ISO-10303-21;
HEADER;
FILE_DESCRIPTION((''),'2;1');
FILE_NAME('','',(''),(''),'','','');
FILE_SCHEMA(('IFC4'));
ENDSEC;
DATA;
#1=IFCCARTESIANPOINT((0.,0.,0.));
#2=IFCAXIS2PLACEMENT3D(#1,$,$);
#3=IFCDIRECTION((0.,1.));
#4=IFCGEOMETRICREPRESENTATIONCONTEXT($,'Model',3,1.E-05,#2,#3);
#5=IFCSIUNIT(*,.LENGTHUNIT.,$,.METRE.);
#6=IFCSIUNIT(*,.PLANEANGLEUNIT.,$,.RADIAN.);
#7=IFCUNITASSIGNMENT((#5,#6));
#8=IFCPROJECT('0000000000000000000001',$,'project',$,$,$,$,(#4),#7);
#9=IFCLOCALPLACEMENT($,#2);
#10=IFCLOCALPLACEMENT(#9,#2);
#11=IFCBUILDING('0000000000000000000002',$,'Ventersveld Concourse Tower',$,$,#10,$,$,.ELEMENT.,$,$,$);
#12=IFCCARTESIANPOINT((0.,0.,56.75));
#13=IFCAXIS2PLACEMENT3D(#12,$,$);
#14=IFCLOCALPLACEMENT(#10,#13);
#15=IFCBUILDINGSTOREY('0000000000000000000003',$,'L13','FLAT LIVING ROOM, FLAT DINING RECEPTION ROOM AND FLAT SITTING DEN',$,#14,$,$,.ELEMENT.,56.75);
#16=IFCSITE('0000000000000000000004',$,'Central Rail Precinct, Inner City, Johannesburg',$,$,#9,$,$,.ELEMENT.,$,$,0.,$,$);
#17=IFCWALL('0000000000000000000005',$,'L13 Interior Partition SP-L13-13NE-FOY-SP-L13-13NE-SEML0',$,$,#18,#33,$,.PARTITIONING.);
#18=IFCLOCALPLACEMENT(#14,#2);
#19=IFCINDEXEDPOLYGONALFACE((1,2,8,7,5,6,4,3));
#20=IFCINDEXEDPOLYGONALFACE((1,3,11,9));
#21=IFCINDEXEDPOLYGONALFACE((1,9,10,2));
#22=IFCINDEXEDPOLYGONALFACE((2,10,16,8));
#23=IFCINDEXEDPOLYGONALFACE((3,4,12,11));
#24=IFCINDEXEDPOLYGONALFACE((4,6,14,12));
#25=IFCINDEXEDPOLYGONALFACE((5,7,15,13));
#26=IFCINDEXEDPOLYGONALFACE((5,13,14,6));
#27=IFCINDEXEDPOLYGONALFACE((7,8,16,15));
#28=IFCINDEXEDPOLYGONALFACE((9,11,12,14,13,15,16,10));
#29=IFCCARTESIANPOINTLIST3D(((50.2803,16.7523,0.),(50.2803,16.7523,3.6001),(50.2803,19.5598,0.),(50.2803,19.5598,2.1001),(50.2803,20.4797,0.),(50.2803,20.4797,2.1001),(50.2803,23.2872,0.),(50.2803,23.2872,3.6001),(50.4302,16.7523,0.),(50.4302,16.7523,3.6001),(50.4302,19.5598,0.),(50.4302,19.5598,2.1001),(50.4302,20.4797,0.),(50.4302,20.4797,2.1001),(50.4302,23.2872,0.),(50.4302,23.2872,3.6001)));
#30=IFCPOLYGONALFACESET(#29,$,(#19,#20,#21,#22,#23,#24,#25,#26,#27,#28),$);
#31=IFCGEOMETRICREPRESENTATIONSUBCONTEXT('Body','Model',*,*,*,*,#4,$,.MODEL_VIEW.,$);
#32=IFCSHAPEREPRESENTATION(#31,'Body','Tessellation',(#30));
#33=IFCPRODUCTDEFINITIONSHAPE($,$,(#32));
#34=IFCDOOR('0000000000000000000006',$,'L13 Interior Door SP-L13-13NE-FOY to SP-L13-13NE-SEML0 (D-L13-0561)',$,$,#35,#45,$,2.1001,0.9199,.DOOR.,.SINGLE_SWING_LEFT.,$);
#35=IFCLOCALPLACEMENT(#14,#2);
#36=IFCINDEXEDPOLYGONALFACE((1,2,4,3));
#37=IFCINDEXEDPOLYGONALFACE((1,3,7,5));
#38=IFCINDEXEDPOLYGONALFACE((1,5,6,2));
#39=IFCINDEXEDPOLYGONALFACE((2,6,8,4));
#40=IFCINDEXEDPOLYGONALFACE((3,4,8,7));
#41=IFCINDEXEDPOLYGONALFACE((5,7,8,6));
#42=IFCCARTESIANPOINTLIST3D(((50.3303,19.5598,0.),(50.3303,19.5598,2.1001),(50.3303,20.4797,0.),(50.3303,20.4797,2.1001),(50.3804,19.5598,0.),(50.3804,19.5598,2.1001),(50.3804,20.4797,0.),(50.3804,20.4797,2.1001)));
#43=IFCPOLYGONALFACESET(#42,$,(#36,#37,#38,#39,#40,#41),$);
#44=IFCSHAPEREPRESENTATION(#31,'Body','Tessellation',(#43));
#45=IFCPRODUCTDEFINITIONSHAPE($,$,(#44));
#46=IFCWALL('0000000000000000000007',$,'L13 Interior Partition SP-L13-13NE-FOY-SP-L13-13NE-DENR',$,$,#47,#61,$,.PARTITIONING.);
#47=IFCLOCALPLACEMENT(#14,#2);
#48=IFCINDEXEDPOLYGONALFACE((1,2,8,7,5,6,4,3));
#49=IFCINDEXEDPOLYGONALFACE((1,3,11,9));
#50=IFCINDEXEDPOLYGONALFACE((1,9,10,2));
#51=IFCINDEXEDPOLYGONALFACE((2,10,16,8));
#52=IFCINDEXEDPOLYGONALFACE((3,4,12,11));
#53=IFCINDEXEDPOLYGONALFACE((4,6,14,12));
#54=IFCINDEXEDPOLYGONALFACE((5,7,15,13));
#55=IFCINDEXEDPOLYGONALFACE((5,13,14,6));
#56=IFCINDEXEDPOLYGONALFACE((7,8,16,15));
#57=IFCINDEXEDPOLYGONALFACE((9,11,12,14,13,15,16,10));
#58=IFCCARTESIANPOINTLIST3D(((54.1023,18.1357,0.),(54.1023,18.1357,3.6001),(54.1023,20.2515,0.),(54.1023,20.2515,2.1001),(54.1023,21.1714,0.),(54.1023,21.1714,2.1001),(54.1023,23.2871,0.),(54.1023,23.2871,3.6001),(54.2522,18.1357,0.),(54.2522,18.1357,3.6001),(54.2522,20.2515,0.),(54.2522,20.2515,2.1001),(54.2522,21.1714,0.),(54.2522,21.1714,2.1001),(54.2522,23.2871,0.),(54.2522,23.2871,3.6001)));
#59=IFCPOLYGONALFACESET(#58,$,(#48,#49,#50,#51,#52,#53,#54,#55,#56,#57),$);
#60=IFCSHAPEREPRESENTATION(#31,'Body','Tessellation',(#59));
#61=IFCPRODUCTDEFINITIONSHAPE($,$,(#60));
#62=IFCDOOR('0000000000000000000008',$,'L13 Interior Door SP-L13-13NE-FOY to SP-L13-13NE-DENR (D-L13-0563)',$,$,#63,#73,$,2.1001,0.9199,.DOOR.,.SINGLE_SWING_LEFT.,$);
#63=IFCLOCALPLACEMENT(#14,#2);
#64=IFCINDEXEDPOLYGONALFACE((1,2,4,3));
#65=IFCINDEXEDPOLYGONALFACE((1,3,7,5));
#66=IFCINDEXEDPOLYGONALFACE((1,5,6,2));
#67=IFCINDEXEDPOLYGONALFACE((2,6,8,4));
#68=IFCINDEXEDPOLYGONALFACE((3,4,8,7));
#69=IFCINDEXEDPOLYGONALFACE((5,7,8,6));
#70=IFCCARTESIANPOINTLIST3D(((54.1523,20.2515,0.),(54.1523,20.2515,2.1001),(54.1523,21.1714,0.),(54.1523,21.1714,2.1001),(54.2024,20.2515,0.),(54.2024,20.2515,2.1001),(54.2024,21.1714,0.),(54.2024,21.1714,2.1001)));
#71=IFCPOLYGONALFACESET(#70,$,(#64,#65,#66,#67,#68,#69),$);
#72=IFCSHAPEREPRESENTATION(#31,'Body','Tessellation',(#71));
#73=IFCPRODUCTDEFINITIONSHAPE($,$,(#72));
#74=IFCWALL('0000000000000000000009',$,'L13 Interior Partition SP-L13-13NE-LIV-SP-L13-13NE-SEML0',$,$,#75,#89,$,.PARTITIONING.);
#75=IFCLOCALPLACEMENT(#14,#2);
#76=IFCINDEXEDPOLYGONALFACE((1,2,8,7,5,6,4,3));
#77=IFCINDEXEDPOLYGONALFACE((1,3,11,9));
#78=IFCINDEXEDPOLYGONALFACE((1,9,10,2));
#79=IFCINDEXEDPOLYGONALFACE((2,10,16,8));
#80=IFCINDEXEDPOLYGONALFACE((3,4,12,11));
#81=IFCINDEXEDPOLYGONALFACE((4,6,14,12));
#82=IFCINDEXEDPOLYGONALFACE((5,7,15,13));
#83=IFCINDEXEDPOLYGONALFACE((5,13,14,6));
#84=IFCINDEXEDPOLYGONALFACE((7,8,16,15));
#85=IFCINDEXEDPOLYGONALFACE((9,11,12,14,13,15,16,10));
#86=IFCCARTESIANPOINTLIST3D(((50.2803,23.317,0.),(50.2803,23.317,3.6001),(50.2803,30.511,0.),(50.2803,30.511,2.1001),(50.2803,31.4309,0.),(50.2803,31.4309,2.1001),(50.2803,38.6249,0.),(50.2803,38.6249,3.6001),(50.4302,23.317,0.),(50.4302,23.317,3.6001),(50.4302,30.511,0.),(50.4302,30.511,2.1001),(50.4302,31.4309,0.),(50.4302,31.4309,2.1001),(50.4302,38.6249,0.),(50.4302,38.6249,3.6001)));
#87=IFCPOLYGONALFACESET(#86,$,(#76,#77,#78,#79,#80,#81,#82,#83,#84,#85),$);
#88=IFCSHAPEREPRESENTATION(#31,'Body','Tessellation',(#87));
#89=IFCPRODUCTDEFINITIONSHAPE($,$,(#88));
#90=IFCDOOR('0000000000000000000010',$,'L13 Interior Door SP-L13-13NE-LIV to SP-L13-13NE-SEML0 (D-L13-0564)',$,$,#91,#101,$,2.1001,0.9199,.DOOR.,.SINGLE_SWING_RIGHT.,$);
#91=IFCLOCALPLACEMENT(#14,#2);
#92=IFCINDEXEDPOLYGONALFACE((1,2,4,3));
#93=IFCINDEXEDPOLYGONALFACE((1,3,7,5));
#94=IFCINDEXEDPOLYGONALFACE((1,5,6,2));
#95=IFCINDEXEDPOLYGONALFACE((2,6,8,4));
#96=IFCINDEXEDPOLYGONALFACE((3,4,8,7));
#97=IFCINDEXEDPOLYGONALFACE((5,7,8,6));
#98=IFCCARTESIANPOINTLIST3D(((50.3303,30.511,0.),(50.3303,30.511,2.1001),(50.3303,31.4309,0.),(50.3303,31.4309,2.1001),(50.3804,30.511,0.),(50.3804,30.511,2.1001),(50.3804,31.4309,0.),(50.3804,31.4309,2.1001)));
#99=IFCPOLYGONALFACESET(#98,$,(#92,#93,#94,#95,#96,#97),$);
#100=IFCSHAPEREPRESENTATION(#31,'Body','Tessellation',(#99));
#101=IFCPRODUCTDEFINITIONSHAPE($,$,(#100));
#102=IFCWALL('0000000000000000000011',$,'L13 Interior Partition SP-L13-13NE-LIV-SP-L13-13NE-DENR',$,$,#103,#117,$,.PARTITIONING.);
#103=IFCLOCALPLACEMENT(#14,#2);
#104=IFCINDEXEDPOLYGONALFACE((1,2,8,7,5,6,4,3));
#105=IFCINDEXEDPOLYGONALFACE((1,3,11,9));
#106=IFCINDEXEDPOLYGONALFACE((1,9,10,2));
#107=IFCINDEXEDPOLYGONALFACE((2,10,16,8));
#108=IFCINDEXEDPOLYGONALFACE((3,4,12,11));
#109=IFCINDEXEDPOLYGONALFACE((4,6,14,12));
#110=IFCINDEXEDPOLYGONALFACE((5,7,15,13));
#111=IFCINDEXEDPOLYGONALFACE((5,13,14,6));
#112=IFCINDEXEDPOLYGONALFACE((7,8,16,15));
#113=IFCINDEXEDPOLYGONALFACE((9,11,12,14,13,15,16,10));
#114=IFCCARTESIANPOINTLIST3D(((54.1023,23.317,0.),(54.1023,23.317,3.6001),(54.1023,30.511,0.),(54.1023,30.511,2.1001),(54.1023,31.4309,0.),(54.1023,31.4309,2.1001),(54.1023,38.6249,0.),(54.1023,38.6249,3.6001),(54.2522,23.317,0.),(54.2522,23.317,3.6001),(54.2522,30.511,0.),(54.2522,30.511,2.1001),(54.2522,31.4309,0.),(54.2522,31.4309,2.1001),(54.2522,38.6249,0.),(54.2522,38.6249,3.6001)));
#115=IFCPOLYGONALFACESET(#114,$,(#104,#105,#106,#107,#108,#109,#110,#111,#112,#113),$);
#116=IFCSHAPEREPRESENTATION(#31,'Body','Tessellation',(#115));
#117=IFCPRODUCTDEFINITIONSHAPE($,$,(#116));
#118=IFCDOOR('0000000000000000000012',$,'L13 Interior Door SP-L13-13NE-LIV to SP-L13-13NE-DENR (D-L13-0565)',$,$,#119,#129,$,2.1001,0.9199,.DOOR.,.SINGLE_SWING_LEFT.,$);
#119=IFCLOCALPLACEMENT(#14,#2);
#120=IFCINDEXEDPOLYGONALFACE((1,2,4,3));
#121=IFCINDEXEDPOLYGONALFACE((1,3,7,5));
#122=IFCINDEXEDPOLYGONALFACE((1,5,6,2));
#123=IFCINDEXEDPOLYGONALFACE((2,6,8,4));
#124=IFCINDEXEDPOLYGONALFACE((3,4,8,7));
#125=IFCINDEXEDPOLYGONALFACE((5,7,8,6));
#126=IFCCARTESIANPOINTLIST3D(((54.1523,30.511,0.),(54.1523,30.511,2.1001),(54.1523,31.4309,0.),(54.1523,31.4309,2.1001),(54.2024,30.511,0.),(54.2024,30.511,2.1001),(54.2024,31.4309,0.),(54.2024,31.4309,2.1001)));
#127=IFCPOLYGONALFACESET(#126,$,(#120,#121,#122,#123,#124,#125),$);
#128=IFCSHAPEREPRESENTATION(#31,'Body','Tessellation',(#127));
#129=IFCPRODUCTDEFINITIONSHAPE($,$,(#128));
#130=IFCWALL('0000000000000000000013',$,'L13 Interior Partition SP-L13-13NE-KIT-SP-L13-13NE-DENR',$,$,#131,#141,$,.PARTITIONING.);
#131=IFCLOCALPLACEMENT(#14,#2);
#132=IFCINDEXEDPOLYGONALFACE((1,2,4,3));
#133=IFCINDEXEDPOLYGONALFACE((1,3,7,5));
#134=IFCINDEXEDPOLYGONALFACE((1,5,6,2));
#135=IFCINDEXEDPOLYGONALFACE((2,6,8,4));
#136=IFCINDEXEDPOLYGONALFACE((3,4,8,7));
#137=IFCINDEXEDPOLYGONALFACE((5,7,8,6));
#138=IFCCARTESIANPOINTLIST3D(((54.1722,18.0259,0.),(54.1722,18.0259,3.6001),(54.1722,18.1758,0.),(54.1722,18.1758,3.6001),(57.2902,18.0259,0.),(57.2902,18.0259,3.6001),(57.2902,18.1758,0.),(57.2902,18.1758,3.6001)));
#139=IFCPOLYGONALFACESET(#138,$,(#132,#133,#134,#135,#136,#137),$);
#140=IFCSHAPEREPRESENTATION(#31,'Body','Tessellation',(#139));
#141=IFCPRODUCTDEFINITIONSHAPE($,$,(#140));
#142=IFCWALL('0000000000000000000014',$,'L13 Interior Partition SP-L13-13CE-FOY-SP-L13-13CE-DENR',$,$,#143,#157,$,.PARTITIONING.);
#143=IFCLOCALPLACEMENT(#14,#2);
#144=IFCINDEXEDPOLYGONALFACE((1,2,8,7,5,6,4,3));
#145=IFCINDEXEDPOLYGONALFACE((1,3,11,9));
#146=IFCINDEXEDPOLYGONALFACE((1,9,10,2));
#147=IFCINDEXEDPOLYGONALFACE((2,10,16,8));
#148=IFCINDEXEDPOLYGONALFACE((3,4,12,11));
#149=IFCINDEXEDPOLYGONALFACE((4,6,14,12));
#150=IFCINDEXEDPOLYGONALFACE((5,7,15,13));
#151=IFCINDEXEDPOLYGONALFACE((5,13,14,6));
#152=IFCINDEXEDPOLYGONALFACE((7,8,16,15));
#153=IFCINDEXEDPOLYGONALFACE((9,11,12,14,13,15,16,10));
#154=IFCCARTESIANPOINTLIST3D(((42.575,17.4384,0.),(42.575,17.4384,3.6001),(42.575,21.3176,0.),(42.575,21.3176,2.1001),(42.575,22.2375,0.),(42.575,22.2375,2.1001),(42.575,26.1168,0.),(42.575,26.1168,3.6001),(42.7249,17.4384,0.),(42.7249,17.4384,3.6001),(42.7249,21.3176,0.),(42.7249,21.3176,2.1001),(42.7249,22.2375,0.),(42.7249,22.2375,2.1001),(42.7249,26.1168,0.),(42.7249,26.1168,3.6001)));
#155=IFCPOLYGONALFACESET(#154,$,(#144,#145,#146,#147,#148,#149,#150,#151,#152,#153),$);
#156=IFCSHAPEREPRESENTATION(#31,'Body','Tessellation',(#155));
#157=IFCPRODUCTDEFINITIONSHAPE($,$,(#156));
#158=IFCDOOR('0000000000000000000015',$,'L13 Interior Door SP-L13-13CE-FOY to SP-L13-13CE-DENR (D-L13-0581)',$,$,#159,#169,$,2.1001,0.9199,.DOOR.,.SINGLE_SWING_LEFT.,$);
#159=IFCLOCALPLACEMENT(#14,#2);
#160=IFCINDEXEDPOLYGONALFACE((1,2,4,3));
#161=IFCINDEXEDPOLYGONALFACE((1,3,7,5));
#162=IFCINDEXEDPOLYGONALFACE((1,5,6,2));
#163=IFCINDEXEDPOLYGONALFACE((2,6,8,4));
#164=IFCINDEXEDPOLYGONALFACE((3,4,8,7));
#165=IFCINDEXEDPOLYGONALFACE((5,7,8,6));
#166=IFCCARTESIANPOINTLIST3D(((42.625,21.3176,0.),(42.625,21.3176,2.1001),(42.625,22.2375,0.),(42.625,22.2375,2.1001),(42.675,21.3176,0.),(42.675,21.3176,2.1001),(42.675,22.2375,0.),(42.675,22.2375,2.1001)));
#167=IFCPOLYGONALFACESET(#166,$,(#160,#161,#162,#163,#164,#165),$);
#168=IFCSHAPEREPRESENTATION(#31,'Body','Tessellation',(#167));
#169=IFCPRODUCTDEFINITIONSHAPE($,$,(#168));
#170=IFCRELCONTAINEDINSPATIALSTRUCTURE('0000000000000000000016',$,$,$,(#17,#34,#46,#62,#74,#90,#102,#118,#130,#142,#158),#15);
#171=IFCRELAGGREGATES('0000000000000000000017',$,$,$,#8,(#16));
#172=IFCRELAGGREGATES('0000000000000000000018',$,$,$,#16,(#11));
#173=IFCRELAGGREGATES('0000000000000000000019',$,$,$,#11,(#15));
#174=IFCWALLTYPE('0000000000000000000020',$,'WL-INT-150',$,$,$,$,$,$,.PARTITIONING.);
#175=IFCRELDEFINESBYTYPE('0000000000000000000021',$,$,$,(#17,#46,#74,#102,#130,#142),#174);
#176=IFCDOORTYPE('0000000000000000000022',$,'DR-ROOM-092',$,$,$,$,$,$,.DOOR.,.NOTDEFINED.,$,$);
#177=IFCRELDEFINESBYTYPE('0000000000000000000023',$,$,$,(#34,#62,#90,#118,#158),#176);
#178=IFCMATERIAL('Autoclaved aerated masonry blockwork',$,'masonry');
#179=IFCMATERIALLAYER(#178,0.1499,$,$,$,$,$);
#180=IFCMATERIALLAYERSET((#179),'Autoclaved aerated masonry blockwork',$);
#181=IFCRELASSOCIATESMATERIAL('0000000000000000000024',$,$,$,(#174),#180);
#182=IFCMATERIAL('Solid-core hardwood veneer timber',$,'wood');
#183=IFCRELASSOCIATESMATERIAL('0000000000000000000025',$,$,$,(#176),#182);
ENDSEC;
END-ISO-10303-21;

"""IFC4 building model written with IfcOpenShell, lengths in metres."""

from ifc_helpers import new_model, si_unit, direction, frame, frame_2d, origin, place, context, subcontext, project, spatial, rectangle, extrude, material, layer, layer_set, type_object, element, fill, save


model = new_model("IFC4")

# Units and contexts
model_context = context("Model", 3, precision=1e-05, world=origin(), true_north=direction((0.0, 1.0)))
body_context = subcontext(model_context, "Body", "Model", "MODEL_VIEW")
ifc_project = project(units=[si_unit("LENGTHUNIT", "METRE"), si_unit("PLANEANGLEUNIT", "RADIAN")], contexts=[model_context])

# Site, building, storey
site_placement = place(None, origin())
site = spatial("IfcSite", under=ifc_project, at=site_placement, Name="Central Rail Precinct, Inner City, Johannesburg", CompositionType="ELEMENT", RefElevation=0.0)
building_placement = place(site_placement, origin())
building = spatial("IfcBuilding", under=site, at=building_placement, Name="Ventersveld Concourse Tower", CompositionType="ELEMENT")
storey_placement = place(building_placement, frame((0.0, 0.0, 56.75)))
storey = spatial("IfcBuildingStorey", under=building, at=storey_placement, Name="L13", Description="FLAT LIVING ROOM, FLAT DINING RECEPTION ROOM AND FLAT SITTING DEN", CompositionType="ELEMENT", Elevation=56.75)

# Walls, openings, doors
ifc_material_1 = material(Name="Autoclaved aerated masonry blockwork", Category="masonry")
ifc_layer_1 = layer(ifc_material_1, 0.1499)
ifc_layer_set_1 = layer_set([ifc_layer_1], Name="Autoclaved aerated masonry blockwork")
wall_type_1 = type_object("IfcWallType", Name="WL-INT-150", PredefinedType="PARTITIONING", material=ifc_layer_set_1)
ifc_material_2 = material(Name="Solid-core hardwood veneer timber", Category="wood")
door_type = type_object("IfcDoorType", Name="DR-ROOM-092", OperationType="NOTDEFINED", PredefinedType="DOOR", material=ifc_material_2)
wall_1_placement = place(storey_placement, frame((50.3552, 16.7522, 0.0), z_axis=(0.0, 0.0, 1.0), x_axis=(0.0, 1.0, 0.0)))
wall_1 = element("IfcWall", 1, at=wall_1_placement, inside=storey, type_object=wall_type_1, Name="L13 Interior Partition SP-L13-13NE-FOY-SP-L13-13NE-SEML0", PredefinedType="PARTITIONING", context=body_context, shape_type="SweptSolid", body=[
    extrude(rectangle(XDim=6.5349, YDim=0.1499, at=frame_2d((3.2676, 0.0))), origin(), (0.0, 0.0, 1.0), 3.6001),
])
opening_1_placement = place(wall_1_placement, frame((2.8076, 0.0, 0.0)))
opening_1 = element("IfcOpeningElement", 2, at=opening_1_placement, cuts=wall_1, PredefinedType="OPENING", context=body_context, shape_type="SweptSolid", body=[
    extrude(rectangle(XDim=0.9199, YDim=2.1001, at=frame_2d((0.46, 1.05))), frame((0.0, 0.085, 0.0), z_axis=(0.0, -1.0, 0.0), x_axis=(1.0, 0.0, 0.0)), (0.0, 0.0, 1.0), 0.1699),
])
door_1_placement = place(opening_1_placement, origin())
door_1 = element("IfcDoor", 3, at=door_1_placement, inside=storey, type_object=door_type, Name="L13 Interior Door SP-L13-13NE-FOY to SP-L13-13NE-SEML0 (D-L13-0561)", OperationType="SINGLE_SWING_LEFT", OverallHeight=2.1001, OverallWidth=0.9199, PredefinedType="DOOR", context=body_context, shape_type="SweptSolid", body=[
    extrude(rectangle(XDim=0.9199, YDim=2.1001, at=frame_2d((0.46, 1.05))), frame((0.0, 0.0249, 0.0), z_axis=(0.0, -1.0, 0.0), x_axis=(1.0, 0.0, 0.0)), (0.0, 0.0, 1.0), 0.05),
])
fill(opening_1, door_1)
wall_2_placement = place(storey_placement, frame((54.1772, 18.1357, 0.0), z_axis=(0.0, 0.0, 1.0), x_axis=(0.0, 1.0, 0.0)))
wall_2 = element("IfcWall", 4, at=wall_2_placement, inside=storey, type_object=wall_type_1, Name="L13 Interior Partition SP-L13-13NE-FOY-SP-L13-13NE-DENR", PredefinedType="PARTITIONING", context=body_context, shape_type="SweptSolid", body=[
    extrude(rectangle(XDim=5.1514, YDim=0.1499, at=frame_2d((2.5757, 0.0))), origin(), (0.0, 0.0, 1.0), 3.6001),
])
opening_2_placement = place(wall_2_placement, frame((2.1157, 0.0, 0.0)))
opening_2 = element("IfcOpeningElement", 5, at=opening_2_placement, cuts=wall_2, PredefinedType="OPENING", context=body_context, shape_type="SweptSolid", body=[
    extrude(rectangle(XDim=0.9199, YDim=2.1001, at=frame_2d((0.46, 1.05))), frame((0.0, 0.085, 0.0), z_axis=(0.0, -1.0, 0.0), x_axis=(1.0, 0.0, 0.0)), (0.0, 0.0, 1.0), 0.1699),
])
door_2_placement = place(opening_2_placement, origin())
door_2 = element("IfcDoor", 6, at=door_2_placement, inside=storey, type_object=door_type, Name="L13 Interior Door SP-L13-13NE-FOY to SP-L13-13NE-DENR (D-L13-0563)", OperationType="SINGLE_SWING_LEFT", OverallHeight=2.1001, OverallWidth=0.9199, PredefinedType="DOOR", context=body_context, shape_type="SweptSolid", body=[
    extrude(rectangle(XDim=0.9199, YDim=2.1001, at=frame_2d((0.46, 1.05))), frame((0.0, 0.0249, 0.0), z_axis=(0.0, -1.0, 0.0), x_axis=(1.0, 0.0, 0.0)), (0.0, 0.0, 1.0), 0.05),
])
fill(opening_2, door_2)
wall_3_placement = place(storey_placement, frame((50.3552, 23.3171, 0.0), z_axis=(0.0, 0.0, 1.0), x_axis=(0.0, 1.0, 0.0)))
wall_3 = element("IfcWall", 7, at=wall_3_placement, inside=storey, type_object=wall_type_1, Name="L13 Interior Partition SP-L13-13NE-LIV-SP-L13-13NE-SEML0", PredefinedType="PARTITIONING", context=body_context, shape_type="SweptSolid", body=[
    extrude(rectangle(XDim=15.3079, YDim=0.1499, at=frame_2d((7.6538, 0.0))), origin(), (0.0, 0.0, 1.0), 3.6001),
])
opening_3_placement = place(wall_3_placement, frame((7.1938, 0.0, 0.0)))
opening_3 = element("IfcOpeningElement", 8, at=opening_3_placement, cuts=wall_3, PredefinedType="OPENING", context=body_context, shape_type="SweptSolid", body=[
    extrude(rectangle(XDim=0.9199, YDim=2.1001, at=frame_2d((0.46, 1.05))), frame((0.0, 0.085, 0.0), z_axis=(0.0, -1.0, 0.0), x_axis=(1.0, 0.0, 0.0)), (0.0, 0.0, 1.0), 0.1699),
])
door_3_placement = place(opening_3_placement, origin())
door_3 = element("IfcDoor", 9, at=door_3_placement, inside=storey, type_object=door_type, Name="L13 Interior Door SP-L13-13NE-LIV to SP-L13-13NE-SEML0 (D-L13-0564)", OperationType="SINGLE_SWING_RIGHT", OverallHeight=2.1001, OverallWidth=0.9199, PredefinedType="DOOR", context=body_context, shape_type="SweptSolid", body=[
    extrude(rectangle(XDim=0.9199, YDim=2.1001, at=frame_2d((0.46, 1.05))), frame((0.0, 0.0249, 0.0), z_axis=(0.0, -1.0, 0.0), x_axis=(1.0, 0.0, 0.0)), (0.0, 0.0, 1.0), 0.05),
])
fill(opening_3, door_3)
wall_4_placement = place(storey_placement, frame((54.1772, 23.3171, 0.0), z_axis=(0.0, 0.0, 1.0), x_axis=(0.0, 1.0, 0.0)))
wall_4 = element("IfcWall", 10, at=wall_4_placement, inside=storey, type_object=wall_type_1, Name="L13 Interior Partition SP-L13-13NE-LIV-SP-L13-13NE-DENR", PredefinedType="PARTITIONING", context=body_context, shape_type="SweptSolid", body=[
    extrude(rectangle(XDim=15.3079, YDim=0.1499, at=frame_2d((7.6538, 0.0))), origin(), (0.0, 0.0, 1.0), 3.6001),
])
opening_4_placement = place(wall_4_placement, frame((7.1938, 0.0, 0.0)))
opening_4 = element("IfcOpeningElement", 11, at=opening_4_placement, cuts=wall_4, PredefinedType="OPENING", context=body_context, shape_type="SweptSolid", body=[
    extrude(rectangle(XDim=0.9199, YDim=2.1001, at=frame_2d((0.46, 1.05))), frame((0.0, 0.085, 0.0), z_axis=(0.0, -1.0, 0.0), x_axis=(1.0, 0.0, 0.0)), (0.0, 0.0, 1.0), 0.1699),
])
door_4_placement = place(opening_4_placement, origin())
door_4 = element("IfcDoor", 12, at=door_4_placement, inside=storey, type_object=door_type, Name="L13 Interior Door SP-L13-13NE-LIV to SP-L13-13NE-DENR (D-L13-0565)", OperationType="SINGLE_SWING_LEFT", OverallHeight=2.1001, OverallWidth=0.9199, PredefinedType="DOOR", context=body_context, shape_type="SweptSolid", body=[
    extrude(rectangle(XDim=0.9199, YDim=2.1001, at=frame_2d((0.46, 1.05))), frame((0.0, 0.0249, 0.0), z_axis=(0.0, -1.0, 0.0), x_axis=(1.0, 0.0, 0.0)), (0.0, 0.0, 1.0), 0.05),
])
fill(opening_4, door_4)

# Wall
wall_5_placement = place(storey_placement, frame((54.1721, 18.1008, 0.0), z_axis=(0.0, 0.0, 1.0), x_axis=(1.0, 0.0, 0.0)))
element("IfcWall", 13, at=wall_5_placement, inside=storey, type_object=wall_type_1, Name="L13 Interior Partition SP-L13-13NE-KIT-SP-L13-13NE-DENR", PredefinedType="PARTITIONING", context=body_context, shape_type="SweptSolid", body=[
    extrude(rectangle(XDim=3.1179, YDim=0.1499, at=frame_2d((1.5591, 0.0))), origin(), (0.0, 0.0, 1.0), 3.6001),
])

# Wall, opening, door
wall_6_placement = place(storey_placement, frame((42.6499, 17.4382, 0.0), z_axis=(0.0, 0.0, 1.0), x_axis=(0.0, 1.0, 0.0)))
wall_6 = element("IfcWall", 14, at=wall_6_placement, inside=storey, type_object=wall_type_1, Name="L13 Interior Partition SP-L13-13CE-FOY-SP-L13-13CE-DENR", PredefinedType="PARTITIONING", context=body_context, shape_type="SweptSolid", body=[
    extrude(rectangle(XDim=8.6785, YDim=0.1499, at=frame_2d((4.3394, 0.0))), origin(), (0.0, 0.0, 1.0), 3.6001),
])
opening_5_placement = place(wall_6_placement, frame((3.8794, 0.0, 0.0)))
opening_5 = element("IfcOpeningElement", 15, at=opening_5_placement, cuts=wall_6, PredefinedType="OPENING", context=body_context, shape_type="SweptSolid", body=[
    extrude(rectangle(XDim=0.9199, YDim=2.1001, at=frame_2d((0.46, 1.05))), frame((0.0, 0.085, 0.0), z_axis=(0.0, -1.0, 0.0), x_axis=(1.0, 0.0, 0.0)), (0.0, 0.0, 1.0), 0.1699),
])
door_5_placement = place(opening_5_placement, origin())
door_5 = element("IfcDoor", 16, at=door_5_placement, inside=storey, type_object=door_type, Name="L13 Interior Door SP-L13-13CE-FOY to SP-L13-13CE-DENR (D-L13-0581)", OperationType="SINGLE_SWING_LEFT", OverallHeight=2.1001, OverallWidth=0.9199, PredefinedType="DOOR", context=body_context, shape_type="SweptSolid", body=[
    extrude(rectangle(XDim=0.9199, YDim=2.1001, at=frame_2d((0.46, 1.05))), frame((0.0, 0.0249, 0.0), z_axis=(0.0, -1.0, 0.0), x_axis=(1.0, 0.0, 0.0)), (0.0, 0.0, 1.0), 0.05),
])
fill(opening_5, door_5)

save(model, "model.ifc")
